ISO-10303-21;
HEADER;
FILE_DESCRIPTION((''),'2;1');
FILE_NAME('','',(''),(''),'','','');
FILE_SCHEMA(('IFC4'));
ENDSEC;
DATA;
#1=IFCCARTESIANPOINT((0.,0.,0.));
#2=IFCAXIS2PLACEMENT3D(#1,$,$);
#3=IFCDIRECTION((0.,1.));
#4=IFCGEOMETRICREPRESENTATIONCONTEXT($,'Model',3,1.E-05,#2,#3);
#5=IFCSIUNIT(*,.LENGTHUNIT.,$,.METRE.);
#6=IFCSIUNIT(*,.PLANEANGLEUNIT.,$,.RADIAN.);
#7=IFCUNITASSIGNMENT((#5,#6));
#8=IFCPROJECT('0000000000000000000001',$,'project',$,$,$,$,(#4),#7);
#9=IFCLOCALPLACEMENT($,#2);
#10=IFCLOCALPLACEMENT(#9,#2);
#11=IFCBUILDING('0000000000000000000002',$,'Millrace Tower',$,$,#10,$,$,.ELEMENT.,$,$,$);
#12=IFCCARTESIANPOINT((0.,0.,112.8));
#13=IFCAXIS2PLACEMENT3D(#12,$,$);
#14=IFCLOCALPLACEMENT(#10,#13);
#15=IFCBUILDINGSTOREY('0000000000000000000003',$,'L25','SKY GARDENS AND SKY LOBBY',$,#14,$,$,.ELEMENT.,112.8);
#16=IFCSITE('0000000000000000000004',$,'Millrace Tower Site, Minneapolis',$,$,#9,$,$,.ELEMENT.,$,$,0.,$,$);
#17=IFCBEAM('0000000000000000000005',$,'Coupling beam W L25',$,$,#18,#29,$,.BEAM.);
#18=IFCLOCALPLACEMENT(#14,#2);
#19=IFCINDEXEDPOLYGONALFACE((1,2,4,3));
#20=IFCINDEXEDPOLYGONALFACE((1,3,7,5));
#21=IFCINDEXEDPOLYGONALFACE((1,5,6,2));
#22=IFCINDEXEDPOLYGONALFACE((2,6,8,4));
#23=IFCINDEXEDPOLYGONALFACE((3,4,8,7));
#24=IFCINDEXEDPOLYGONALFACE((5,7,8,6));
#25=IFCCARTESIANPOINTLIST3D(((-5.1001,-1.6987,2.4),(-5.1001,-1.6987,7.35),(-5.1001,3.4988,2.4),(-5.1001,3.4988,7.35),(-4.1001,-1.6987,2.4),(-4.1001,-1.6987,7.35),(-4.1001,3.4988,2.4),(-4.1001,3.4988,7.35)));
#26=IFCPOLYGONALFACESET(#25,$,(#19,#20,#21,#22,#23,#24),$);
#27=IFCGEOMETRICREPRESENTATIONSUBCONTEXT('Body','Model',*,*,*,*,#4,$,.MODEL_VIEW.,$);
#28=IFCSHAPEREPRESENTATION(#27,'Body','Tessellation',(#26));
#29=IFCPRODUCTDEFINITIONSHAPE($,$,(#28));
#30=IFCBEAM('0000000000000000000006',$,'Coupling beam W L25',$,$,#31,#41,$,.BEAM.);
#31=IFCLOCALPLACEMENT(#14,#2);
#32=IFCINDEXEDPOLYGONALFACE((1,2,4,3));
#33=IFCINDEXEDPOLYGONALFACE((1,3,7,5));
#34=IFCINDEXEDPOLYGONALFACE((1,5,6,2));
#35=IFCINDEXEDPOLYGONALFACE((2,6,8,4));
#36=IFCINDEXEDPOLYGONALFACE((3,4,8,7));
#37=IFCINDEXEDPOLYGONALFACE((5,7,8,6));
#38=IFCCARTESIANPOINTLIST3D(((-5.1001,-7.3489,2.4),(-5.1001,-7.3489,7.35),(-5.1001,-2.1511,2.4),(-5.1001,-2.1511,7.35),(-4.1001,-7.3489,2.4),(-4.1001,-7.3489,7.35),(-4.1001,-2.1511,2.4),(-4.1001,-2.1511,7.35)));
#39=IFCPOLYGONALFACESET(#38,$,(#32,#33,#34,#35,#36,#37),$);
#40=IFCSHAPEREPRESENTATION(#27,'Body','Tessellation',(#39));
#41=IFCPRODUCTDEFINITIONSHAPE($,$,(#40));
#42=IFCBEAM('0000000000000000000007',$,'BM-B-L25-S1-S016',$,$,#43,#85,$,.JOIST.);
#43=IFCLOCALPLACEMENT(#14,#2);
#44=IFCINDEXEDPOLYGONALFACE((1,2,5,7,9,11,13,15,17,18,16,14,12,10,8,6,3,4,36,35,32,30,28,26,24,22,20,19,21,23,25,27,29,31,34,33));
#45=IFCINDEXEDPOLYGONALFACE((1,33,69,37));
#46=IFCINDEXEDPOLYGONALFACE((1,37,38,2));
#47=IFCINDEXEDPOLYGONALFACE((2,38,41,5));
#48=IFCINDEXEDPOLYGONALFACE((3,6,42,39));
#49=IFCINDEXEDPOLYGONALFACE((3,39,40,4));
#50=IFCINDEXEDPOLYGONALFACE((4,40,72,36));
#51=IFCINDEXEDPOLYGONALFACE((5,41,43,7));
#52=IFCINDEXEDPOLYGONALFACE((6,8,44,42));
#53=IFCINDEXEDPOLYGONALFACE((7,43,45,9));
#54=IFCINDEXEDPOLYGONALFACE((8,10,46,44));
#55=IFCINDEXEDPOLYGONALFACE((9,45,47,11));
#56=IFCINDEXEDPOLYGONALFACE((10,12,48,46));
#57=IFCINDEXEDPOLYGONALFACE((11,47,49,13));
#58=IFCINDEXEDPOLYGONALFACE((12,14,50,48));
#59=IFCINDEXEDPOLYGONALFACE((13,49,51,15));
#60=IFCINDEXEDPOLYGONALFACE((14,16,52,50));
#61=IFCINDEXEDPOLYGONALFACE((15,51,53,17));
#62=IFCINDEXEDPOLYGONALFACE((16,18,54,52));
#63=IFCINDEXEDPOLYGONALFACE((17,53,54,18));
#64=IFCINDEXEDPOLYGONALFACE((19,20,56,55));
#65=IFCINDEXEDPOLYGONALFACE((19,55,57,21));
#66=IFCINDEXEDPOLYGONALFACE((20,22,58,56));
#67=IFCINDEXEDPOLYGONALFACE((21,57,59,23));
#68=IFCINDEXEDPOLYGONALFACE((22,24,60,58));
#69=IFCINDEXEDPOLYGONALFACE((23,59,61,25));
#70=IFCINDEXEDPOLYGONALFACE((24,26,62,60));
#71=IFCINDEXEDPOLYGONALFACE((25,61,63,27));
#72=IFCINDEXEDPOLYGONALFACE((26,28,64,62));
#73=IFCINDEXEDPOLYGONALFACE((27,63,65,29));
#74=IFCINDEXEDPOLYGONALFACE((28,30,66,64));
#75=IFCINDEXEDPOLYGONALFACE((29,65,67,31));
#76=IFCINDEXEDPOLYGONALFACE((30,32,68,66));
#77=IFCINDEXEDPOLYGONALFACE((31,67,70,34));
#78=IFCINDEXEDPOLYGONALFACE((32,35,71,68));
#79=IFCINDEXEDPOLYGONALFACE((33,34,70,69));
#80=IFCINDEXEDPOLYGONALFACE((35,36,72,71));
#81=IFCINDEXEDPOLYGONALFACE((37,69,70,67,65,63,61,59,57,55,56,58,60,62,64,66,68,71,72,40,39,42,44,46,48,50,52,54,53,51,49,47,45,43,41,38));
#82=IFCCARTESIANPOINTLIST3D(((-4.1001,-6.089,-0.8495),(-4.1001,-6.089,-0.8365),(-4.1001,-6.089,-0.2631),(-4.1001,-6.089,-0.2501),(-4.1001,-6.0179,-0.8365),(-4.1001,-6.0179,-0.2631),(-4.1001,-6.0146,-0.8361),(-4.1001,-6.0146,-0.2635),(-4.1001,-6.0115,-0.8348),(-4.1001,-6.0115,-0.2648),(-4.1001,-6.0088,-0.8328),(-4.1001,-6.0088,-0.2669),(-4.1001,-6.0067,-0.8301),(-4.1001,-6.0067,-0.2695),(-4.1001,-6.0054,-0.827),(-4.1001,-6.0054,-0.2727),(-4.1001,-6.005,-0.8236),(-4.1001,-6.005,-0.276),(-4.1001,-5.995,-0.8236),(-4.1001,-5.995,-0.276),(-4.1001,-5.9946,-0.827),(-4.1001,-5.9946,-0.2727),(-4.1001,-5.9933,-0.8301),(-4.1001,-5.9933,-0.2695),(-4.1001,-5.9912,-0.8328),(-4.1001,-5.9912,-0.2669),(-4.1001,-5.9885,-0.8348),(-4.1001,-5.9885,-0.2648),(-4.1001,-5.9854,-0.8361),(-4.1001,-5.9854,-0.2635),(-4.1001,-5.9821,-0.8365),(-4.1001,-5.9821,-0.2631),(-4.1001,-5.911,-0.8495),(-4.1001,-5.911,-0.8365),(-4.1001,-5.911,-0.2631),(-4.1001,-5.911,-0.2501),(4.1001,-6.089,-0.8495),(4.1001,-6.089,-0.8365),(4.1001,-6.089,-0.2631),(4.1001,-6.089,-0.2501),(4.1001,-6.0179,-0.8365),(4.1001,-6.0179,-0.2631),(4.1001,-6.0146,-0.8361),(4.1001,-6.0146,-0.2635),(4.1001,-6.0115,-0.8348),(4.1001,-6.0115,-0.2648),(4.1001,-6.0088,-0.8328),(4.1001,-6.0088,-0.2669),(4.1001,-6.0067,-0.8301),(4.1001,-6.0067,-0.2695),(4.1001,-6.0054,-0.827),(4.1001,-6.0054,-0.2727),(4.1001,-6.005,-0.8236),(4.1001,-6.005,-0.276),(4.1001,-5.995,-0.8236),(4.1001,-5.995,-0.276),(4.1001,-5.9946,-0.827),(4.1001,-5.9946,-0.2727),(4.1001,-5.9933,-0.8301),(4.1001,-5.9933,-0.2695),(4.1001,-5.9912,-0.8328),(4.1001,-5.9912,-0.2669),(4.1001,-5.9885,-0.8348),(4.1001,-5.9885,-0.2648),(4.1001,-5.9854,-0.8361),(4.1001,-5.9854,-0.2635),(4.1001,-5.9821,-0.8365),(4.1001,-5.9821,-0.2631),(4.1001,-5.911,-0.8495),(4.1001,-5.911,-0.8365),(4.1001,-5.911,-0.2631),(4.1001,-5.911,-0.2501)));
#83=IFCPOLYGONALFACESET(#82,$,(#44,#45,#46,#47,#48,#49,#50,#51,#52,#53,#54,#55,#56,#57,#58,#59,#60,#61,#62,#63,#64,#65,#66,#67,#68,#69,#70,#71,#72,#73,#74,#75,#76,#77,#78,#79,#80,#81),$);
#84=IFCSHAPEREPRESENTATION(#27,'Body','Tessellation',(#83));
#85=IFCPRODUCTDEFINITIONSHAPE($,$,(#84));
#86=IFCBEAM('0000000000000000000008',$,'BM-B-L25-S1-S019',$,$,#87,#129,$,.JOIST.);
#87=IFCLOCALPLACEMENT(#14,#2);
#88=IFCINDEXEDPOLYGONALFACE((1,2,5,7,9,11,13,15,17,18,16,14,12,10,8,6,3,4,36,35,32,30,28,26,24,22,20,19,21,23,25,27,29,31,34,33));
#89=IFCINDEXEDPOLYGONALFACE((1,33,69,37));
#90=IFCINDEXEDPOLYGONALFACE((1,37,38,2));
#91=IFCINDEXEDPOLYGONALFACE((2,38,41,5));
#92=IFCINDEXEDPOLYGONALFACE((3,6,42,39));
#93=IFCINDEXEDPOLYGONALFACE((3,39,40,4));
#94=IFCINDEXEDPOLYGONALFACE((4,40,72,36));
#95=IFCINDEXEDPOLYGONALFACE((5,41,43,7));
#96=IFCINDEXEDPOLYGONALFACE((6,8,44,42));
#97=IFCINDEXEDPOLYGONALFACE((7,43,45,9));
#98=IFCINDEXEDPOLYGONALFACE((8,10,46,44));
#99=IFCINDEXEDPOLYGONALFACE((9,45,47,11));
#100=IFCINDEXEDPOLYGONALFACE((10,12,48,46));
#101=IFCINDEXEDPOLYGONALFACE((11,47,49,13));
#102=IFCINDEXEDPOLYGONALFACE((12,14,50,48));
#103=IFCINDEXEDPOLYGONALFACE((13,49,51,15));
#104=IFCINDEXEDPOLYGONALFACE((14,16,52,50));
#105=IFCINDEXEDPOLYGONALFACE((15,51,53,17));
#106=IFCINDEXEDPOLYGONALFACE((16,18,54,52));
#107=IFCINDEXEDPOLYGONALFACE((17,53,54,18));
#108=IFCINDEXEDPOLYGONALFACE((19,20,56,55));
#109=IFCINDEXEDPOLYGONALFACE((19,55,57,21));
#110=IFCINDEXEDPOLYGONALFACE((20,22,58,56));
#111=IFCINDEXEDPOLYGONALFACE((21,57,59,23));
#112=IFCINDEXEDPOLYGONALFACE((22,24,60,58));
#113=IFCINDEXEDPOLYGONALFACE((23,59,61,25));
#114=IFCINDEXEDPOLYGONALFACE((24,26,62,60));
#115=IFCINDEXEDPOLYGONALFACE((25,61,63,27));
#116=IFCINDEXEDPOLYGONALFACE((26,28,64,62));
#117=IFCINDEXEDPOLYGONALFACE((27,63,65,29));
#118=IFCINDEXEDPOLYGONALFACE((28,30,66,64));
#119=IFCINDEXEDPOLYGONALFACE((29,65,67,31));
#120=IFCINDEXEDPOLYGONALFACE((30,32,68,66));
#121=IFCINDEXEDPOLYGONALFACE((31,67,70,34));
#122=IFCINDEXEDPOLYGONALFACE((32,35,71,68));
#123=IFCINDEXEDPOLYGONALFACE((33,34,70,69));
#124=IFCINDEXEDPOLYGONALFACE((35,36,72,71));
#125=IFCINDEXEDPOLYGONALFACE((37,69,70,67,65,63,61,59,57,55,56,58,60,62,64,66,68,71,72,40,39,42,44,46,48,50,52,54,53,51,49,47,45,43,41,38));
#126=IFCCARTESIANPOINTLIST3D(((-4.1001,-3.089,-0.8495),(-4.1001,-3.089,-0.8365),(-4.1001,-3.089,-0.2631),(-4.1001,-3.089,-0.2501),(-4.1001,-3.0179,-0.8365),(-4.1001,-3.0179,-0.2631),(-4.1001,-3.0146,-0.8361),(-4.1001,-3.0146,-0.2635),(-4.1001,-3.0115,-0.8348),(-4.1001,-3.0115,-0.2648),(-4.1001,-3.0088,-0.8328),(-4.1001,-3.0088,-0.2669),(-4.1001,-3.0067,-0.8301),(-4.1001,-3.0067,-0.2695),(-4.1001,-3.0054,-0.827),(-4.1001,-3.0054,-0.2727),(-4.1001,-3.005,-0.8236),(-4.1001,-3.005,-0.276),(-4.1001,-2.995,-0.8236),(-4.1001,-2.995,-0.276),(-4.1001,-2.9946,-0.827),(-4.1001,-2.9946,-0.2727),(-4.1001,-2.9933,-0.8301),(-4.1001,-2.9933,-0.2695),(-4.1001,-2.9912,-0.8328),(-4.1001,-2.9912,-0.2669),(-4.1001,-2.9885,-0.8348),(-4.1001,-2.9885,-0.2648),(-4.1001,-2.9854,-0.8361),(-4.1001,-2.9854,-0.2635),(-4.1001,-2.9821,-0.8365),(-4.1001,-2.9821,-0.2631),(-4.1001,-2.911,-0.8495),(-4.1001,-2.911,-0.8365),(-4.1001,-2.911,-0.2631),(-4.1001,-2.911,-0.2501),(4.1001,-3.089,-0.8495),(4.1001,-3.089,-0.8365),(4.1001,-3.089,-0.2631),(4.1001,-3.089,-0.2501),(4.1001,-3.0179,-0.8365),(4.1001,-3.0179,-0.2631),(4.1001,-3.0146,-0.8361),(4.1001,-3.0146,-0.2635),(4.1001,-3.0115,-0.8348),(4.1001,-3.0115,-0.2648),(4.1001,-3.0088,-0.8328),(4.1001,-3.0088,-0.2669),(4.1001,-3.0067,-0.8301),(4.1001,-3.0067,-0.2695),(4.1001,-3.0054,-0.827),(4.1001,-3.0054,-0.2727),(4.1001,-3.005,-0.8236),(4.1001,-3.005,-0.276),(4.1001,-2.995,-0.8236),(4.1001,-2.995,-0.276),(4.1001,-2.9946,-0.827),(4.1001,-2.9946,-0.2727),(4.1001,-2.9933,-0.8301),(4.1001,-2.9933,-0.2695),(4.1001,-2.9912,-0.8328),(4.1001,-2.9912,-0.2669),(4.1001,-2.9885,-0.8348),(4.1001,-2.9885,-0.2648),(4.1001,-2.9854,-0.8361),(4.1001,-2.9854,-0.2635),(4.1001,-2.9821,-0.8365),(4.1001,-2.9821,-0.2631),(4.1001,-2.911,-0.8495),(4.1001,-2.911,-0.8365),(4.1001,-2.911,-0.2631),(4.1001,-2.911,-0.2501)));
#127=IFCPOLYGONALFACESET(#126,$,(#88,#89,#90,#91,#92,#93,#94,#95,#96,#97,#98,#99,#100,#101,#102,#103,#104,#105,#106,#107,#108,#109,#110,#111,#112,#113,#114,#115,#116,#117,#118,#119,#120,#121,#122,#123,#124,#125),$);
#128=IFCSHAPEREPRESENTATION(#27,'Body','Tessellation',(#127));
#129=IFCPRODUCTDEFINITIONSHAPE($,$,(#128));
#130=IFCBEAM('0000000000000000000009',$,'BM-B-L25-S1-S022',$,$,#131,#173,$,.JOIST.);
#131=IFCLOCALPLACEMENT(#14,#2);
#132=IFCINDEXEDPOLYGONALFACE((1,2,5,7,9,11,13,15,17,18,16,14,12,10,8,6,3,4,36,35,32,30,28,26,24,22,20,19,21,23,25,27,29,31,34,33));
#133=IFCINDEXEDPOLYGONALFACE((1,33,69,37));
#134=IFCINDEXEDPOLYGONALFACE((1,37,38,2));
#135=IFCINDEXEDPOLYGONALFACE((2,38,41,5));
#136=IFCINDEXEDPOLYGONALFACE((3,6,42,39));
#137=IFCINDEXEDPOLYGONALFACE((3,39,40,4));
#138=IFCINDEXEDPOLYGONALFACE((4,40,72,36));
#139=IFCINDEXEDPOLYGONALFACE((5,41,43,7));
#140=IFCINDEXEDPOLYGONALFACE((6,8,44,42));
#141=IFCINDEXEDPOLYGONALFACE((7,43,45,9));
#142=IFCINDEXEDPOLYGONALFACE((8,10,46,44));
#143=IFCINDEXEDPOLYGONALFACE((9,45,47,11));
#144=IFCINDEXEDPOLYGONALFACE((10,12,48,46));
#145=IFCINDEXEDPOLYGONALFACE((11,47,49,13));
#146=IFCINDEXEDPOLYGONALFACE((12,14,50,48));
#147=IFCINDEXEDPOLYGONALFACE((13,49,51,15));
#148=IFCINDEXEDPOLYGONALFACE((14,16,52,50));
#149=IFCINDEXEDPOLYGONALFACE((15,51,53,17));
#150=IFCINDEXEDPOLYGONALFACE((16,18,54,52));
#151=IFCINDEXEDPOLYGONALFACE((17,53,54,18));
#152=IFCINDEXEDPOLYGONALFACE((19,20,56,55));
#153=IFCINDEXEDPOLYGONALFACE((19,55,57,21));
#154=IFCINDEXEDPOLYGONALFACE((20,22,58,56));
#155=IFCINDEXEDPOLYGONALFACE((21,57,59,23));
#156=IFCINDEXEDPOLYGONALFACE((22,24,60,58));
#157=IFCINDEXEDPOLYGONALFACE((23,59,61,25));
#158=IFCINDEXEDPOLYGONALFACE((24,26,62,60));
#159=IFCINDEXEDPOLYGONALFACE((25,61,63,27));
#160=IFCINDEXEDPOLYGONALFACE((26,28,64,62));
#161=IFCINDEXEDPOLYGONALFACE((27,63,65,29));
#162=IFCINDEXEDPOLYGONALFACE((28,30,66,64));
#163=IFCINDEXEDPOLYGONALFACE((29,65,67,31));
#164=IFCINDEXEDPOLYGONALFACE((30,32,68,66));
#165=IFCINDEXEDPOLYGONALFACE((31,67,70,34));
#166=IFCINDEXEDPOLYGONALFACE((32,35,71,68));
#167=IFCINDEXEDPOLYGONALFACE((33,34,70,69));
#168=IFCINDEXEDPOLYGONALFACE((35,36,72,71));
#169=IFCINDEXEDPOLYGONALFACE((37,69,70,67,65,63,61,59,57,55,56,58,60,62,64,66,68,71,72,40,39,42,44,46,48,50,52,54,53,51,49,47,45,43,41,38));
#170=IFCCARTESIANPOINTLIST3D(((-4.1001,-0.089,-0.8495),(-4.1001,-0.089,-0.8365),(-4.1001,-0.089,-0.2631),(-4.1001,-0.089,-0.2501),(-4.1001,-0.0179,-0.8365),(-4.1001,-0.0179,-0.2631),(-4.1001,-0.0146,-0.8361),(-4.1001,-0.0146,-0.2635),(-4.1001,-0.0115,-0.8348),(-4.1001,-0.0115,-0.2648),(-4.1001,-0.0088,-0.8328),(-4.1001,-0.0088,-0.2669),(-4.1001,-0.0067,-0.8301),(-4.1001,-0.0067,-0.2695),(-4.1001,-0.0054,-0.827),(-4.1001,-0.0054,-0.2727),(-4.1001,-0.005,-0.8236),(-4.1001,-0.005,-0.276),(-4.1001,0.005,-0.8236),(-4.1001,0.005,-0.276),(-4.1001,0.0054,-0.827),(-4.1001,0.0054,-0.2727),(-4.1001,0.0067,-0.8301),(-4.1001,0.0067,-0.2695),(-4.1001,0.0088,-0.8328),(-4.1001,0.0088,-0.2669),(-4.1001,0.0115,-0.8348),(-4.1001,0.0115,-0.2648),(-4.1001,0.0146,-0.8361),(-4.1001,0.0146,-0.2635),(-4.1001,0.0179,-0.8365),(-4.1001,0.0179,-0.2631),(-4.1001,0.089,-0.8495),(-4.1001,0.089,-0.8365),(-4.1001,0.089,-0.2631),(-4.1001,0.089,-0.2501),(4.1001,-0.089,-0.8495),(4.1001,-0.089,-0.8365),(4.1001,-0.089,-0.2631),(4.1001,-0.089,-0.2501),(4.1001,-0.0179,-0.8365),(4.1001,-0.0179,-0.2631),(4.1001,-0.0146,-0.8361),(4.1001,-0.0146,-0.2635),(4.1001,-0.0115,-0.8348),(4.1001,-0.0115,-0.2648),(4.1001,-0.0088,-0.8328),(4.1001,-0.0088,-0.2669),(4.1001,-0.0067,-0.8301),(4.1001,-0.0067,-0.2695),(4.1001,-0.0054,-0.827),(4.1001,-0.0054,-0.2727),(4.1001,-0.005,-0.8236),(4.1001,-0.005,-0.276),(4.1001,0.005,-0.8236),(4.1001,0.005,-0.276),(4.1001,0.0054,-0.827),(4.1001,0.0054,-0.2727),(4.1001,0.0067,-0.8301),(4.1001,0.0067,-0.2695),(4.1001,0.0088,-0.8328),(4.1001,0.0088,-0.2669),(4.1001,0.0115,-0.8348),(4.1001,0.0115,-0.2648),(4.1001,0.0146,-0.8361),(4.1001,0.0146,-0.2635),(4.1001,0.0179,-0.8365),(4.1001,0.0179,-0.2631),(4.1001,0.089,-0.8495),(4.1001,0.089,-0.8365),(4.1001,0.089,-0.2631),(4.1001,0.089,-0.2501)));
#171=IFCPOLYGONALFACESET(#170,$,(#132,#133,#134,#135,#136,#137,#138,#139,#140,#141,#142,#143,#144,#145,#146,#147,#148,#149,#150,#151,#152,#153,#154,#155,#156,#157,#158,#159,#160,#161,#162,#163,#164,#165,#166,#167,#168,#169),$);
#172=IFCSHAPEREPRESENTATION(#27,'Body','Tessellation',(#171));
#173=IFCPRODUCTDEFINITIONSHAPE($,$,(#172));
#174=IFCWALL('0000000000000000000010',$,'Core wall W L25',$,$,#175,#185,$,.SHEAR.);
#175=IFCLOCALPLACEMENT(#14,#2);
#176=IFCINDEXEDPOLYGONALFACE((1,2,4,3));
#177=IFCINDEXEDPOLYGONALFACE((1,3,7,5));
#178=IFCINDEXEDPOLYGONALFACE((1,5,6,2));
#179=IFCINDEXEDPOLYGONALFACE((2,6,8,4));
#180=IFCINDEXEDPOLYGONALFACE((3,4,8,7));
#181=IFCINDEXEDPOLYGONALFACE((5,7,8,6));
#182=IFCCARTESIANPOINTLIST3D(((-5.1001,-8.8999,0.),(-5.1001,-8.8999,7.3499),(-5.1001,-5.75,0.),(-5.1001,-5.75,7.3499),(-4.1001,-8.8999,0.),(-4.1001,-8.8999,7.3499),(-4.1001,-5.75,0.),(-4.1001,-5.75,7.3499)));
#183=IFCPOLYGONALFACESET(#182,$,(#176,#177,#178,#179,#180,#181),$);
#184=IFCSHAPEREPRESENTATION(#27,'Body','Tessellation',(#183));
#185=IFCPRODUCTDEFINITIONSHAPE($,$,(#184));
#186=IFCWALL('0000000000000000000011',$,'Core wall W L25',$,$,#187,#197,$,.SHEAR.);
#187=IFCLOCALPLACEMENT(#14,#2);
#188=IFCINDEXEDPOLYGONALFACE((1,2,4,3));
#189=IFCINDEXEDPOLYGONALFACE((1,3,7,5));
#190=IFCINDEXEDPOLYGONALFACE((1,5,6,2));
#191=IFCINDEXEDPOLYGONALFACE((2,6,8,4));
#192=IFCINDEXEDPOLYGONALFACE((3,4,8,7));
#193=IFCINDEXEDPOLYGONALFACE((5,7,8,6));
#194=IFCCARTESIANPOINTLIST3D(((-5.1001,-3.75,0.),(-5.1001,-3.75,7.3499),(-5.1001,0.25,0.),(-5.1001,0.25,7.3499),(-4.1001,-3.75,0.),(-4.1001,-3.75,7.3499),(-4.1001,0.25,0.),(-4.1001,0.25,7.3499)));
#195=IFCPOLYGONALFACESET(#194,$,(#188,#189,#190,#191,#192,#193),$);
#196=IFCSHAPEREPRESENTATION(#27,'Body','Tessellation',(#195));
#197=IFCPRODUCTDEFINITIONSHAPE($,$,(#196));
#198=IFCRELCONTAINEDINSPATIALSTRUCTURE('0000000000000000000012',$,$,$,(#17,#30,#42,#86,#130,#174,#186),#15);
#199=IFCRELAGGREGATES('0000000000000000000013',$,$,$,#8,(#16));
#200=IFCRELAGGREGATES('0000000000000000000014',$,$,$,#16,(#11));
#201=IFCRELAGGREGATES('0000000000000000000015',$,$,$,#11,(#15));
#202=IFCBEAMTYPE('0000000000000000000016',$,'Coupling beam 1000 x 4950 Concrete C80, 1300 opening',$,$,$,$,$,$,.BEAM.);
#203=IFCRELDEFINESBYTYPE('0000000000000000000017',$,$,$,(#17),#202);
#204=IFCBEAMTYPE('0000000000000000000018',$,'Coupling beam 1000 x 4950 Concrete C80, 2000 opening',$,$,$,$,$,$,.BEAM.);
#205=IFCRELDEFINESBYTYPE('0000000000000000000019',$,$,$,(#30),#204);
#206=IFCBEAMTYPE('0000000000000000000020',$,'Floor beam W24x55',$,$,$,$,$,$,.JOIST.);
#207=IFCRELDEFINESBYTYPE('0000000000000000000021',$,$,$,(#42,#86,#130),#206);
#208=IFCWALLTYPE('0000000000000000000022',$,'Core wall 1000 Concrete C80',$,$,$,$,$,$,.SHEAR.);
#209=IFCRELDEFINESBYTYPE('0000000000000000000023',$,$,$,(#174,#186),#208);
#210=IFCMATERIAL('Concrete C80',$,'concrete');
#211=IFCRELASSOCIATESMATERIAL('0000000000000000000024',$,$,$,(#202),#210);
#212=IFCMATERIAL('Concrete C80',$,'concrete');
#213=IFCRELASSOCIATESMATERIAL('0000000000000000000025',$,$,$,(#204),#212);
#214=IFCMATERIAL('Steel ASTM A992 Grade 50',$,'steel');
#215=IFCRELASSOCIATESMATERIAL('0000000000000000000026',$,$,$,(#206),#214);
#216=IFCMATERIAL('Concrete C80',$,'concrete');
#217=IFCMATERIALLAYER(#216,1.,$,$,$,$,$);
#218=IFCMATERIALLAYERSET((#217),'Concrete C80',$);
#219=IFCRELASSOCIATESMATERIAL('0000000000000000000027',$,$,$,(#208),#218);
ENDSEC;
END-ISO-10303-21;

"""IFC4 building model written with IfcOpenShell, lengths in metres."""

from ifc_helpers import new_model, si_unit, direction, frame, frame_2d, origin, origin_2d, place, context, subcontext, project, spatial, rectangle, i_section, extrude, material, layer, layer_set, material_profile, profile_set, type_object, element, save


model = new_model("IFC4")

# Units and contexts
model_context = context("Model", 3, precision=1e-05, world=origin(), true_north=direction((0.0, 1.0)))
body_context = subcontext(model_context, "Body", "Model", "MODEL_VIEW")
ifc_project = project(units=[si_unit("LENGTHUNIT", "METRE"), si_unit("PLANEANGLEUNIT", "RADIAN")], contexts=[model_context])

# Site, building, storey
site_placement = place(None, origin())
site = spatial("IfcSite", under=ifc_project, at=site_placement, Name="Millrace Tower Site, Minneapolis", CompositionType="ELEMENT", RefElevation=0.0)
building_placement = place(site_placement, origin())
building = spatial("IfcBuilding", under=site, at=building_placement, Name="Millrace Tower", CompositionType="ELEMENT")
storey_placement = place(building_placement, frame((0.0, 0.0, 112.8)))
storey = spatial("IfcBuildingStorey", under=building, at=storey_placement, Name="L25", Description="SKY GARDENS AND SKY LOBBY", CompositionType="ELEMENT", Elevation=112.8)

# Beams
ifc_material_1 = material(Name="Concrete C80", Category="concrete")
ifc_material_profile_1 = material_profile(ifc_material_1, rectangle(XDim=1.0, YDim=4.95, at=origin_2d()))
ifc_profile_set_1 = profile_set([ifc_material_profile_1], Name="Concrete C80")
beam_type_1 = type_object("IfcBeamType", Name="Coupling beam 1000 x 4950 Concrete C80, 1300 opening", PredefinedType="BEAM", material=ifc_profile_set_1)
beam_1_placement = place(storey_placement, frame((-4.6001, -1.6987, 4.875), z_axis=(0.0, 1.0, 0.0), x_axis=(-1.0, 0.0, 0.0)))
element("IfcBeam", 1, at=beam_1_placement, inside=storey, type_object=beam_type_1, Name="Coupling beam W L25", PredefinedType="BEAM", context=body_context, shape_type="SweptSolid", body=[
    extrude(rectangle(XDim=1.0, YDim=4.95, at=origin_2d()), origin(), (0.0, 0.0, 1.0), 5.1975),
])
ifc_material_2 = material(Name="Concrete C80", Category="concrete")
ifc_material_profile_2 = material_profile(ifc_material_2, rectangle(XDim=1.0, YDim=4.95, at=origin_2d()))
ifc_profile_set_2 = profile_set([ifc_material_profile_2], Name="Concrete C80")
beam_type_2 = type_object("IfcBeamType", Name="Coupling beam 1000 x 4950 Concrete C80, 2000 opening", PredefinedType="BEAM", material=ifc_profile_set_2)
beam_2_placement = place(storey_placement, frame((-4.6001, -7.3489, 4.875), z_axis=(0.0, 1.0, 0.0), x_axis=(-1.0, 0.0, 0.0)))
element("IfcBeam", 2, at=beam_2_placement, inside=storey, type_object=beam_type_2, Name="Coupling beam W L25", PredefinedType="BEAM", context=body_context, shape_type="SweptSolid", body=[
    extrude(rectangle(XDim=1.0, YDim=4.95, at=origin_2d()), origin(), (0.0, 0.0, 1.0), 5.1978),
])
ifc_material_3 = material(Name="Steel ASTM A992 Grade 50", Category="steel")
ifc_material_profile_3 = material_profile(ifc_material_3, i_section(OverallWidth=0.178, OverallDepth=0.5994, WebThickness=0.01, FlangeThickness=0.0129, FilletRadius=0.0129, at=origin_2d()))
ifc_profile_set_3 = profile_set([ifc_material_profile_3], Name="Steel ASTM A992 Grade 50")
beam_type_3 = type_object("IfcBeamType", Name="Floor beam W24x55", PredefinedType="JOIST", material=ifc_profile_set_3)
for number, where, z_axis, x_axis, name in (
    (3, (-4.1001, -6.0, -0.5498), (1.0, 0.0, 0.0), (0.0, 1.0, 0.0), "BM-B-L25-S1-S016"),
    (4, (-4.1001, -3.0, -0.5498), (1.0, 0.0, 0.0), (0.0, 1.0, 0.0), "BM-B-L25-S1-S019"),
    (5, (-4.1001, 0.0, -0.5498), (1.0, 0.0, 0.0), (0.0, 1.0, 0.0), "BM-B-L25-S1-S022"),
):
    element("IfcBeam", number, at=place(storey_placement, frame(where, z_axis=z_axis, x_axis=x_axis)), inside=storey, type_object=beam_type_3, Name=name, PredefinedType="JOIST", context=body_context, shape_type="SweptSolid", body=[
        extrude(i_section(OverallWidth=0.178, OverallDepth=0.5994, WebThickness=0.01, FlangeThickness=0.0129, FilletRadius=0.0129, at=origin_2d()), origin(), (0.0, 0.0, 1.0), 8.2002),
    ])

# Walls
ifc_material_4 = material(Name="Concrete C80", Category="concrete")
ifc_layer_1 = layer(ifc_material_4, 1.0)
ifc_layer_set_1 = layer_set([ifc_layer_1], Name="Concrete C80")
wall_type_1 = type_object("IfcWallType", Name="Core wall 1000 Concrete C80", PredefinedType="SHEAR", material=ifc_layer_set_1)
wall_1_placement = place(storey_placement, frame((-4.6001, -8.8999, 0.0), z_axis=(0.0, 0.0, 1.0), x_axis=(0.0, 1.0, 0.0)))
element("IfcWall", 6, at=wall_1_placement, inside=storey, type_object=wall_type_1, Name="Core wall W L25", PredefinedType="SHEAR", context=body_context, shape_type="SweptSolid", body=[
    extrude(rectangle(XDim=3.1499, YDim=1.0, at=frame_2d((1.575, 0.0))), origin(), (0.0, 0.0, 1.0), 7.3499),
])
wall_2_placement = place(storey_placement, frame((-4.6001, -3.75, 0.0), z_axis=(0.0, 0.0, 1.0), x_axis=(0.0, 1.0, 0.0)))
element("IfcWall", 7, at=wall_2_placement, inside=storey, type_object=wall_type_1, Name="Core wall W L25", PredefinedType="SHEAR", context=body_context, shape_type="SweptSolid", body=[
    extrude(rectangle(XDim=4.0, YDim=1.0, at=frame_2d((2.0, 0.0))), origin(), (0.0, 0.0, 1.0), 7.3499),
])

save(model, "model.ifc")
